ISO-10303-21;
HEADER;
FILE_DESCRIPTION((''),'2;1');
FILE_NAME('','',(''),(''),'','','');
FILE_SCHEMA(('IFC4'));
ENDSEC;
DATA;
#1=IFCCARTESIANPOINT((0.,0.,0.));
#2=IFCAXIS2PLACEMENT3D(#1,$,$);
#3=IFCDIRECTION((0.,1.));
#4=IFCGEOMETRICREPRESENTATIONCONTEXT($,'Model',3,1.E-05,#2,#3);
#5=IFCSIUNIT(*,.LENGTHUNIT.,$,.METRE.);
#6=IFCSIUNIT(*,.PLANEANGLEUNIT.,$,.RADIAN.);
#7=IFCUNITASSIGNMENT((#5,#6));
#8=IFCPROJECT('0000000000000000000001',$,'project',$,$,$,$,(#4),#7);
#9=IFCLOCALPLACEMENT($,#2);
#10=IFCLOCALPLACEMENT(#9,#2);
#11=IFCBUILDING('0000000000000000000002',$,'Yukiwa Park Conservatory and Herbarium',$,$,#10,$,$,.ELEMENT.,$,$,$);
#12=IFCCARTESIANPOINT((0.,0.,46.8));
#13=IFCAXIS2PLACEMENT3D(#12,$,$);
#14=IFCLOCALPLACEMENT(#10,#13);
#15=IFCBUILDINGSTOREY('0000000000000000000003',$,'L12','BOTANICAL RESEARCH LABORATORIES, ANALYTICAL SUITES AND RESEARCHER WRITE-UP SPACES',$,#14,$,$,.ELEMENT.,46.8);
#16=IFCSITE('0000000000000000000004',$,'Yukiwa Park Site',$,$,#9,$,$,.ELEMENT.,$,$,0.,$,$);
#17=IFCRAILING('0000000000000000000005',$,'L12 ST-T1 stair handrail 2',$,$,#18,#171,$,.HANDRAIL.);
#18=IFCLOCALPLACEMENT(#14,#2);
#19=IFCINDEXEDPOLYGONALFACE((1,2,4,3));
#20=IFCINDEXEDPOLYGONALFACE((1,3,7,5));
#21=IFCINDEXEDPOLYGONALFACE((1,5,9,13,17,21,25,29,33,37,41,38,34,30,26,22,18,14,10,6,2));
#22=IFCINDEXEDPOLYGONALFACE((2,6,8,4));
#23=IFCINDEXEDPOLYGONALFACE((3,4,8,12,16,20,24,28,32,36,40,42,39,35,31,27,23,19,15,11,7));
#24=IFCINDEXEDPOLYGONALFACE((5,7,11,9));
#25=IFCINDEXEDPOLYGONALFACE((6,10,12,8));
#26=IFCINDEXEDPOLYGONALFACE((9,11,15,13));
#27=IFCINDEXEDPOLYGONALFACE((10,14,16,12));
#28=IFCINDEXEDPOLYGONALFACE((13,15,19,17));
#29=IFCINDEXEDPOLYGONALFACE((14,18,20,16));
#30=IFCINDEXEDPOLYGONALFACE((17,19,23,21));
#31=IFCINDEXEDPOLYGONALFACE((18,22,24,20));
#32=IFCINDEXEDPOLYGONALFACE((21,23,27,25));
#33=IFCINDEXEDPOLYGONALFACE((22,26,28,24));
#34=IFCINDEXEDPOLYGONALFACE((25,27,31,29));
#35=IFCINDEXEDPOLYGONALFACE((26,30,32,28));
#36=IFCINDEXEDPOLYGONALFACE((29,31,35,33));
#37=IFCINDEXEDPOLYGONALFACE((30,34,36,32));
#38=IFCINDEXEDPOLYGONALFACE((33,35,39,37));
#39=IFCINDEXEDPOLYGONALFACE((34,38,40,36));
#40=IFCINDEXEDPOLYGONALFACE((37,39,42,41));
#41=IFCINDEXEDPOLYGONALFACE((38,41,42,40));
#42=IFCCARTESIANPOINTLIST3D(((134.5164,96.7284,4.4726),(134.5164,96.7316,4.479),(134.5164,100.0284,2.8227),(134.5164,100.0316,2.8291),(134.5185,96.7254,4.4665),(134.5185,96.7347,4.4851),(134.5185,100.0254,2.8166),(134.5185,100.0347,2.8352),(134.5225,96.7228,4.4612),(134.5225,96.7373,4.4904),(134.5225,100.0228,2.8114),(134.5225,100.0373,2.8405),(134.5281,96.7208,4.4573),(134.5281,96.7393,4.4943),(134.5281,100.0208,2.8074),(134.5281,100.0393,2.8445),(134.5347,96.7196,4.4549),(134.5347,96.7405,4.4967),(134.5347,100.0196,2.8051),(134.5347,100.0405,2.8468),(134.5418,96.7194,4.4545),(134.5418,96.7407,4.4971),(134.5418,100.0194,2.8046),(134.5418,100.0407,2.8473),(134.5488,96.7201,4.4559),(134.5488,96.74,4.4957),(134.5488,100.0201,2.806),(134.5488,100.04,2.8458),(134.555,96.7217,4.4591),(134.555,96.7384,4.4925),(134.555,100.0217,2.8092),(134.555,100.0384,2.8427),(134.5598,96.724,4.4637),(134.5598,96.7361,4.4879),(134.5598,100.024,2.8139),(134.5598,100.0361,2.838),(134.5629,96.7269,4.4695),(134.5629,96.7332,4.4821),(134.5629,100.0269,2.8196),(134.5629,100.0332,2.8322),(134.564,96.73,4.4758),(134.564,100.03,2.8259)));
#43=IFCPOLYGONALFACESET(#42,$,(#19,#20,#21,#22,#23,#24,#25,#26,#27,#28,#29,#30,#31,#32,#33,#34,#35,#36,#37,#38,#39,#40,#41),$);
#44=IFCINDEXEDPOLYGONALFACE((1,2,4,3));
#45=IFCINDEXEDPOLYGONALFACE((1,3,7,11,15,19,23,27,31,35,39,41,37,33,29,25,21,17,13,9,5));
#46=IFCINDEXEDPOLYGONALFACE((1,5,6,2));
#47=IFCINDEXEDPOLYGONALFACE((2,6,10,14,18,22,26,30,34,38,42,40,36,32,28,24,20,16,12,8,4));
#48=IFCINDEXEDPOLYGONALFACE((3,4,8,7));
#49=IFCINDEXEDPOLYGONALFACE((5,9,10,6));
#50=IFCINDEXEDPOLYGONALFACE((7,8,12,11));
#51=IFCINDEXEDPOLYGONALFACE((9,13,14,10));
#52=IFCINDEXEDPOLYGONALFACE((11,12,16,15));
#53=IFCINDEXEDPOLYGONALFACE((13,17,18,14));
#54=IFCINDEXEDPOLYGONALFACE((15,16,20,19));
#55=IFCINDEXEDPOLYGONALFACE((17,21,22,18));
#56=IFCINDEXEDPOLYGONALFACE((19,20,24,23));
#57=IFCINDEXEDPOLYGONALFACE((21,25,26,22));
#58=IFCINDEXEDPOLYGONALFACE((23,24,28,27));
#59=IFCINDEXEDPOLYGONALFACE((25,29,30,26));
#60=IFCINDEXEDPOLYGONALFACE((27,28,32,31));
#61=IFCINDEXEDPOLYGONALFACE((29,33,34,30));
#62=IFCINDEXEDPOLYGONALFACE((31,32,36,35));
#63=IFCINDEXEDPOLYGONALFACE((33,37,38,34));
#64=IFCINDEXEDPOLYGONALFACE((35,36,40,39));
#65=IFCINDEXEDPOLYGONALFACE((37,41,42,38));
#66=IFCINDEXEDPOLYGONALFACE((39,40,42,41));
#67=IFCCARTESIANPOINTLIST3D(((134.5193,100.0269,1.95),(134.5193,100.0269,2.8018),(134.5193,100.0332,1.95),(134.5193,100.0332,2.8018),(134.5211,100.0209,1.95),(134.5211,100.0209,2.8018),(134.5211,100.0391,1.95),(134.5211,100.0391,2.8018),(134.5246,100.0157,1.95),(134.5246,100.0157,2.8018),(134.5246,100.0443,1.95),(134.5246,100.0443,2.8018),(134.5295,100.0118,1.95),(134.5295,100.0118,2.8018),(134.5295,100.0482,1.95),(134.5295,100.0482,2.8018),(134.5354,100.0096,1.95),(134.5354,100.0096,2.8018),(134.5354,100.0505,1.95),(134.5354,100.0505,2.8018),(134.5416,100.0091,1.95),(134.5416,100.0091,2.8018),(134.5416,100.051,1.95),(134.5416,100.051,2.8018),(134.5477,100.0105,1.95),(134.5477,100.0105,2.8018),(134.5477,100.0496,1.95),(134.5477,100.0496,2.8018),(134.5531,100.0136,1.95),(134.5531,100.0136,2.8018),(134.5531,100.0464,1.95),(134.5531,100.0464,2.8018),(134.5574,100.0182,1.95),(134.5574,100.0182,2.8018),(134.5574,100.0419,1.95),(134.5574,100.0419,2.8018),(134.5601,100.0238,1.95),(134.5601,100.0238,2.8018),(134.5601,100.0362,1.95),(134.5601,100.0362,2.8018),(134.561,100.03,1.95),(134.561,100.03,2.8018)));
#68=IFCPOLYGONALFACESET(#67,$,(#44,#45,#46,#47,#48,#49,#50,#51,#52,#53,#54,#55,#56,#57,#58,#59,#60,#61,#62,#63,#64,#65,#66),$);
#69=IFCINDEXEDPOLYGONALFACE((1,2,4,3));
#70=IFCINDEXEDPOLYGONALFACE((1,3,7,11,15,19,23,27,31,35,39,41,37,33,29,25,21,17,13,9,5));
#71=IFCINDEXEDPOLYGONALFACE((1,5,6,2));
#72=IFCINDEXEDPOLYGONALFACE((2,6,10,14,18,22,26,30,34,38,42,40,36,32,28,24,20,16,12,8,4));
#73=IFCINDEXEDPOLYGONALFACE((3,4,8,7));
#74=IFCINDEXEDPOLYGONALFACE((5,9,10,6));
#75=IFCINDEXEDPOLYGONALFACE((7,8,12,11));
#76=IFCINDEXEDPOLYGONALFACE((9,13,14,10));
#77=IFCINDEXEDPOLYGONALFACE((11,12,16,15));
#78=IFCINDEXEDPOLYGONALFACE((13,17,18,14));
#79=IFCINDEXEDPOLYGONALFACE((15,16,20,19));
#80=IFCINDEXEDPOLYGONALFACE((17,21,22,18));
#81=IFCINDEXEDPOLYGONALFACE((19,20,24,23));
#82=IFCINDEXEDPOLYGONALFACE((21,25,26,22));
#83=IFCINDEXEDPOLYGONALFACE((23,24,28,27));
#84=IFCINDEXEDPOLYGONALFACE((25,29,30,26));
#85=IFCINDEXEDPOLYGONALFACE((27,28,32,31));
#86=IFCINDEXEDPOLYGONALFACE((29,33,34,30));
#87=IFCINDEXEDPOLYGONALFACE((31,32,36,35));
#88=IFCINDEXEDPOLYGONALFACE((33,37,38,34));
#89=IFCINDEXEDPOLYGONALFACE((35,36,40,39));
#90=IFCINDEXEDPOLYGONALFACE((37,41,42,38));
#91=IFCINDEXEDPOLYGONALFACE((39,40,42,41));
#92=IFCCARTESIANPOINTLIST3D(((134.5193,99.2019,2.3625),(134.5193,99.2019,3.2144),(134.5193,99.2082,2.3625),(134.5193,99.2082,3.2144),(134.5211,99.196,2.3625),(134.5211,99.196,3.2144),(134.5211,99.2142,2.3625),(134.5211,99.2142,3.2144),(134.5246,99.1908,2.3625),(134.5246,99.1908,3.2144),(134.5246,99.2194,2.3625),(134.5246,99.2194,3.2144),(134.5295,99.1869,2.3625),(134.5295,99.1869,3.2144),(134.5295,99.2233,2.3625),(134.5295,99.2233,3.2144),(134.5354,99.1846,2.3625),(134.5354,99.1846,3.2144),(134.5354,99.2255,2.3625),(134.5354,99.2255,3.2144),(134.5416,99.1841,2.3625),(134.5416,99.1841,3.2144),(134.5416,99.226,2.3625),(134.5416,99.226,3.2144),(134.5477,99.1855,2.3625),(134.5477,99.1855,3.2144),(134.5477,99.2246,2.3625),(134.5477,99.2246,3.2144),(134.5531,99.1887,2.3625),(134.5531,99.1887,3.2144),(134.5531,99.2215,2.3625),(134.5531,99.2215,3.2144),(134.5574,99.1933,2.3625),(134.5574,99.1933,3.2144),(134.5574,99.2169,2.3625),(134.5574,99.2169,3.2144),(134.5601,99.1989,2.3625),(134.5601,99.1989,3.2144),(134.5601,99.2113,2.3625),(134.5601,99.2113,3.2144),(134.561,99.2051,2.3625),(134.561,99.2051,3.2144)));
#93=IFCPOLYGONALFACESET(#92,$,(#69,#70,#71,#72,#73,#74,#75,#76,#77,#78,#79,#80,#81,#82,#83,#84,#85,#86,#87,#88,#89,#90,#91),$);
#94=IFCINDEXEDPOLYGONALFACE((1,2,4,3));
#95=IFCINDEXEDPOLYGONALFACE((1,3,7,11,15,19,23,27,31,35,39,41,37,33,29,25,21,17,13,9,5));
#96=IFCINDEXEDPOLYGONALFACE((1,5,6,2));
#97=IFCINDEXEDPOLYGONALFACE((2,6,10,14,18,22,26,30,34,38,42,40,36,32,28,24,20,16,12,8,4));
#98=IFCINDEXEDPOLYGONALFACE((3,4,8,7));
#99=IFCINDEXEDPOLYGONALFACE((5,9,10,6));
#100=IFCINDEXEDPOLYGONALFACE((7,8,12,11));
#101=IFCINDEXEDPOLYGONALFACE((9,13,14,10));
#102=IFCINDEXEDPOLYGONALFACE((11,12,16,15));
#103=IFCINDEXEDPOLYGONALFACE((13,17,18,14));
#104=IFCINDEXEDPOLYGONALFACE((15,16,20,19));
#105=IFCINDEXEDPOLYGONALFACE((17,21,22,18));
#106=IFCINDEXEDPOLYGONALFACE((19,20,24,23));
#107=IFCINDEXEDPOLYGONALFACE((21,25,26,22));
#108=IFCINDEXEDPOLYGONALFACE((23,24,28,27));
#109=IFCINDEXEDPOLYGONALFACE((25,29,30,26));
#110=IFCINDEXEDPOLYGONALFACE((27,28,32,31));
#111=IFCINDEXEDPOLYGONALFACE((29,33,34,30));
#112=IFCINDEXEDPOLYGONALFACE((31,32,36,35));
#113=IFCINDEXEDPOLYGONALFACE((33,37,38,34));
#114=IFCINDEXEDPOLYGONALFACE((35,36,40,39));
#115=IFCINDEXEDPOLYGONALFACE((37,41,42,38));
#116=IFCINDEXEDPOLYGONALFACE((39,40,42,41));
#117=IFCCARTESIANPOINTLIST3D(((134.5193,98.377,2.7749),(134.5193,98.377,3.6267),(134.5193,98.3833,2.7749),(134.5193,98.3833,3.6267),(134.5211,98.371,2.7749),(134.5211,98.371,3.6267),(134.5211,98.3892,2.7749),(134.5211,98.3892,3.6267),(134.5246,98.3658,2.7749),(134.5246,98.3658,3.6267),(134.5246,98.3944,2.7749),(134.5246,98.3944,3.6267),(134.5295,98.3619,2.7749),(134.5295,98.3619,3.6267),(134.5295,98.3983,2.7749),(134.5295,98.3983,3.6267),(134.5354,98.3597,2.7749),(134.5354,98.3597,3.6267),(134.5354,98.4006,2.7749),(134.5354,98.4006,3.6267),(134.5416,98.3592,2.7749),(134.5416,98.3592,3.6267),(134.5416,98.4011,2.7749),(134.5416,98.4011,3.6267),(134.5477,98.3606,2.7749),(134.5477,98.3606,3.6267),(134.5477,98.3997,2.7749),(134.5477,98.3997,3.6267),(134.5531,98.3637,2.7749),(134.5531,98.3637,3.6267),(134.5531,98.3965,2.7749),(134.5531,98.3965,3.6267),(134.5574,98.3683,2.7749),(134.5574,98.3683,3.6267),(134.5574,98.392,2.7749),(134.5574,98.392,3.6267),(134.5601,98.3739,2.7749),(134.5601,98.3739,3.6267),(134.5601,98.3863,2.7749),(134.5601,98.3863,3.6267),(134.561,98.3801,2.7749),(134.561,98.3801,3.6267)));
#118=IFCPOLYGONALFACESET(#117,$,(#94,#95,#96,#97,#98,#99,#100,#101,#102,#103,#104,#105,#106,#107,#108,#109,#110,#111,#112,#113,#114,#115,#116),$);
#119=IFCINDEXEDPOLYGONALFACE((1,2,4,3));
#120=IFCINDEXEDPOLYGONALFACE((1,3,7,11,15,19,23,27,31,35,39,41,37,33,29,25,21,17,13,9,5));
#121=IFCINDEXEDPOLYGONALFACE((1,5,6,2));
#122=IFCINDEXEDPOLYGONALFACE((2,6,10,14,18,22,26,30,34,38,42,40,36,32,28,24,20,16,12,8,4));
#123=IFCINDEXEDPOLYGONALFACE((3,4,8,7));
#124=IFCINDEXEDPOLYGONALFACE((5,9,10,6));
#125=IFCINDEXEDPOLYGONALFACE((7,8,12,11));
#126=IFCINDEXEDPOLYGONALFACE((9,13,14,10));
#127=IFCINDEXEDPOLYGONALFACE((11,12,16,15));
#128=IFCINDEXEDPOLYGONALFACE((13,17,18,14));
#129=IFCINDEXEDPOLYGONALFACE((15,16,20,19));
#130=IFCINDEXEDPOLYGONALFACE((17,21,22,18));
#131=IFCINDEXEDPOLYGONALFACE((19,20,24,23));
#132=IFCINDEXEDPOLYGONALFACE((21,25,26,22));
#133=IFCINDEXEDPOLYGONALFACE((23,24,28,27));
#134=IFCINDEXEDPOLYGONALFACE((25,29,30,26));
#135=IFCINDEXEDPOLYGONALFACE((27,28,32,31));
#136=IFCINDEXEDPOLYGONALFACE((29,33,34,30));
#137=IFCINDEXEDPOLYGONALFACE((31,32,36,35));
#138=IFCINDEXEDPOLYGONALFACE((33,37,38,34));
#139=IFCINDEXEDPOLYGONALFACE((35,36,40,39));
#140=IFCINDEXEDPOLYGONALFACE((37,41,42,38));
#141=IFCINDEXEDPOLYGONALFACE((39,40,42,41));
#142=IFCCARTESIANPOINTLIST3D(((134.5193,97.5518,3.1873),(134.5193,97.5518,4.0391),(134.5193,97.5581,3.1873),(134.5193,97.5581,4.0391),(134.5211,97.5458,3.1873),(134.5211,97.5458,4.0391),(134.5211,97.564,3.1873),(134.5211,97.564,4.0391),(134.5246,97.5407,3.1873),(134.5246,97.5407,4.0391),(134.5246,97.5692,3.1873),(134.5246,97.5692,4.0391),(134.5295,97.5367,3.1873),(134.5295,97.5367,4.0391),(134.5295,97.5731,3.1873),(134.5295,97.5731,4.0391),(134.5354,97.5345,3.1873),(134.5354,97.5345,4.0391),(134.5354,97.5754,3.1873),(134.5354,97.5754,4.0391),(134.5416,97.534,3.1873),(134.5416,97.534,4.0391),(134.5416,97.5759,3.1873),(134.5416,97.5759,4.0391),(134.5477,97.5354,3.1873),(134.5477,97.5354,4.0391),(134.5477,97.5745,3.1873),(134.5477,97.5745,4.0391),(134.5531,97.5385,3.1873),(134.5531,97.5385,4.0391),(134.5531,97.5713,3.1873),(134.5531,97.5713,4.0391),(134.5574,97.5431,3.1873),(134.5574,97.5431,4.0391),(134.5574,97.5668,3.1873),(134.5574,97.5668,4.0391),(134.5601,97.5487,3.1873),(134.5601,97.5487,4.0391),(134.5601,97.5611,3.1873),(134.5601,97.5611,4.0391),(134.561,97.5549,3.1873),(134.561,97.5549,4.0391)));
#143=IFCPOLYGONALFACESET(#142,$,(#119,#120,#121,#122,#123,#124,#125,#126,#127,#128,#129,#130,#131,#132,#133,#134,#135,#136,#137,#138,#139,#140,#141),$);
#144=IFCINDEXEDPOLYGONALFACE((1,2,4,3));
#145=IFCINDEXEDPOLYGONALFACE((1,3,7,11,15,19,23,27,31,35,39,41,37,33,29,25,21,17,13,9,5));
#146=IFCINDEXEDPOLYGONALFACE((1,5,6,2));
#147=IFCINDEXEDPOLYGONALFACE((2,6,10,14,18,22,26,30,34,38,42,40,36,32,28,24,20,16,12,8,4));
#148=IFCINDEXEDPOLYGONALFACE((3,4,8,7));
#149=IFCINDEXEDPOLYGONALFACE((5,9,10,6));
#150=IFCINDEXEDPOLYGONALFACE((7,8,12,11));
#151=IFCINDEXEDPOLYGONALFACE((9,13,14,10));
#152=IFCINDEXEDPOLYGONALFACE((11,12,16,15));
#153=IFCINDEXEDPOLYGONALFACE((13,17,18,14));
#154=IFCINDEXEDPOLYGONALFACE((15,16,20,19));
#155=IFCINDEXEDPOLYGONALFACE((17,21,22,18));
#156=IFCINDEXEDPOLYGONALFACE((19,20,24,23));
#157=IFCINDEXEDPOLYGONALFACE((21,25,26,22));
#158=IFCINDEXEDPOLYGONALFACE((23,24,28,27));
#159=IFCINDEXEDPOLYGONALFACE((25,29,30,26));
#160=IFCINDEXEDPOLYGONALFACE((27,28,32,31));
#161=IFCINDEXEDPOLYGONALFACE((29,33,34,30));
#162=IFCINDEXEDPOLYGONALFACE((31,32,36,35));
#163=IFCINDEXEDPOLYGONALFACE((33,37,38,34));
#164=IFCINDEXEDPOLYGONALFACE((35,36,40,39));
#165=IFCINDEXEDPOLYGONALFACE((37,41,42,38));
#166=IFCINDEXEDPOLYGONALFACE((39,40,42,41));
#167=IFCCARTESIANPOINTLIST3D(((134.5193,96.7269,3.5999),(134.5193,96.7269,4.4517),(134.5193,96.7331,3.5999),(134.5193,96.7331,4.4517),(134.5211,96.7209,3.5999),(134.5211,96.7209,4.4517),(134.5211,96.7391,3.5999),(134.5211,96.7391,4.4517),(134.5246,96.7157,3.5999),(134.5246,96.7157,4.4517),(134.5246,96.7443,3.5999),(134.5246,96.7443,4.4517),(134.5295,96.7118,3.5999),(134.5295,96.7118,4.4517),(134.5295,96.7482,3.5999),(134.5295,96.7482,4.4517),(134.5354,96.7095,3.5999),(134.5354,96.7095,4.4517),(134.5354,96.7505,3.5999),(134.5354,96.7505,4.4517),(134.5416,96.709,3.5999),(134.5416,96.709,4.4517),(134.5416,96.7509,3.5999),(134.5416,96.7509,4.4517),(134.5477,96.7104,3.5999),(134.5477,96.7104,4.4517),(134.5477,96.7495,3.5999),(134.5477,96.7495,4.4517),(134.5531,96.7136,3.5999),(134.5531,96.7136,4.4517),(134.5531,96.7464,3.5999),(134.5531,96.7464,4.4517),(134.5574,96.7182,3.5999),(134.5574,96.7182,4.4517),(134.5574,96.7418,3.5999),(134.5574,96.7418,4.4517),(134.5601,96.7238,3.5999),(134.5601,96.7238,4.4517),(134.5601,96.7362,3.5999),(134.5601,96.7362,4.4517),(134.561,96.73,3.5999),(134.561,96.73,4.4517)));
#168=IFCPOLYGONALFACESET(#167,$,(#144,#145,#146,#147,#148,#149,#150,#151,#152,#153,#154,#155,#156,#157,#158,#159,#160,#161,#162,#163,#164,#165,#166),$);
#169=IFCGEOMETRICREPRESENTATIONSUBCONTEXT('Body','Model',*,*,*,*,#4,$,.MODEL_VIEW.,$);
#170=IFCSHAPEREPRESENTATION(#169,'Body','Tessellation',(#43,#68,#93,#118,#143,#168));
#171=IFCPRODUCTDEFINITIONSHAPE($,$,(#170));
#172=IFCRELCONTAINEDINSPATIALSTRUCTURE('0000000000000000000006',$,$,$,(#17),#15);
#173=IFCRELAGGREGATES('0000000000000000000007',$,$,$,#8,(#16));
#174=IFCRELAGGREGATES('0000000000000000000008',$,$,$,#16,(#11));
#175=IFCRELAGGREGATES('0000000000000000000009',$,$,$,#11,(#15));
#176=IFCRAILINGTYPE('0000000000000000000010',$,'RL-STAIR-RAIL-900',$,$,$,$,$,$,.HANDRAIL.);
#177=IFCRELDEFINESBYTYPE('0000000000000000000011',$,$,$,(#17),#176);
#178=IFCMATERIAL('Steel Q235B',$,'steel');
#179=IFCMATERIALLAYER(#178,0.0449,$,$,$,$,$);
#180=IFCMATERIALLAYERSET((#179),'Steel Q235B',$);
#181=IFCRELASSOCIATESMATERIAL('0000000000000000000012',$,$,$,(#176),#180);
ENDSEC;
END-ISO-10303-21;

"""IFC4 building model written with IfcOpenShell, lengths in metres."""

from ifc_helpers import new_model, si_unit, direction, frame, origin, origin_2d, place, context, subcontext, project, spatial, circle, extrude, material, layer, layer_set, type_object, element, save


model = new_model("IFC4")

# Units and contexts
model_context = context("Model", 3, precision=1e-05, world=origin(), true_north=direction((0.0, 1.0)))
body_context = subcontext(model_context, "Body", "Model", "MODEL_VIEW")
ifc_project = project(units=[si_unit("LENGTHUNIT", "METRE"), si_unit("PLANEANGLEUNIT", "RADIAN")], contexts=[model_context])

# Site, building, storey
site_placement = place(None, origin())
site = spatial("IfcSite", under=ifc_project, at=site_placement, Name="Yukiwa Park Site", CompositionType="ELEMENT", RefElevation=0.0)
building_placement = place(site_placement, origin())
building = spatial("IfcBuilding", under=site, at=building_placement, Name="Yukiwa Park Conservatory and Herbarium", CompositionType="ELEMENT")
storey_placement = place(building_placement, frame((0.0, 0.0, 46.8)))
storey = spatial("IfcBuildingStorey", under=building, at=storey_placement, Name="L12", Description="BOTANICAL RESEARCH LABORATORIES, ANALYTICAL SUITES AND RESEARCHER WRITE-UP SPACES", CompositionType="ELEMENT", Elevation=46.8)

# Railing
ifc_material_1 = material(Name="Steel Q235B", Category="steel")
ifc_layer_1 = layer(ifc_material_1, 0.0449)
ifc_layer_set_1 = layer_set([ifc_layer_1], Name="Steel Q235B")
railing_type_1 = type_object("IfcRailingType", Name="RL-STAIR-RAIL-900", PredefinedType="HANDRAIL", material=ifc_layer_set_1)
railing_1_placement = place(storey_placement, frame((134.54, 100.03, 1.95)))
element("IfcRailing", 1, at=railing_1_placement, inside=storey, type_object=railing_type_1, Name="L12 ST-T1 stair handrail 2", PredefinedType="HANDRAIL", context=body_context, shape_type="SweptSolid", body=[
    extrude(circle(Radius=0.0239, at=origin_2d()), frame((0.0, 0.0, 0.876), z_axis=(0.0, -0.89444, 0.447187), x_axis=(1.0, 0.0, 0.0)), (0.0, 0.0, 1.0), 3.6895),
    extrude(circle(Radius=0.021, at=origin_2d()), origin(), (0.0, 0.0, 1.0), 0.8518),
    extrude(circle(Radius=0.021, at=origin_2d()), frame((0.0, -0.825, 0.4126)), (0.0, 0.0, 1.0), 0.8518),
    extrude(circle(Radius=0.021, at=origin_2d()), frame((0.0, -1.6499, 0.825)), (0.0, 0.0, 1.0), 0.8518),
    extrude(circle(Radius=0.021, at=origin_2d()), frame((0.0, -2.4751, 1.2373)), (0.0, 0.0, 1.0), 0.8518),
    extrude(circle(Radius=0.021, at=origin_2d()), frame((0.0, -3.3, 1.6499)), (0.0, 0.0, 1.0), 0.8518),
])

save(model, "model.ifc")
